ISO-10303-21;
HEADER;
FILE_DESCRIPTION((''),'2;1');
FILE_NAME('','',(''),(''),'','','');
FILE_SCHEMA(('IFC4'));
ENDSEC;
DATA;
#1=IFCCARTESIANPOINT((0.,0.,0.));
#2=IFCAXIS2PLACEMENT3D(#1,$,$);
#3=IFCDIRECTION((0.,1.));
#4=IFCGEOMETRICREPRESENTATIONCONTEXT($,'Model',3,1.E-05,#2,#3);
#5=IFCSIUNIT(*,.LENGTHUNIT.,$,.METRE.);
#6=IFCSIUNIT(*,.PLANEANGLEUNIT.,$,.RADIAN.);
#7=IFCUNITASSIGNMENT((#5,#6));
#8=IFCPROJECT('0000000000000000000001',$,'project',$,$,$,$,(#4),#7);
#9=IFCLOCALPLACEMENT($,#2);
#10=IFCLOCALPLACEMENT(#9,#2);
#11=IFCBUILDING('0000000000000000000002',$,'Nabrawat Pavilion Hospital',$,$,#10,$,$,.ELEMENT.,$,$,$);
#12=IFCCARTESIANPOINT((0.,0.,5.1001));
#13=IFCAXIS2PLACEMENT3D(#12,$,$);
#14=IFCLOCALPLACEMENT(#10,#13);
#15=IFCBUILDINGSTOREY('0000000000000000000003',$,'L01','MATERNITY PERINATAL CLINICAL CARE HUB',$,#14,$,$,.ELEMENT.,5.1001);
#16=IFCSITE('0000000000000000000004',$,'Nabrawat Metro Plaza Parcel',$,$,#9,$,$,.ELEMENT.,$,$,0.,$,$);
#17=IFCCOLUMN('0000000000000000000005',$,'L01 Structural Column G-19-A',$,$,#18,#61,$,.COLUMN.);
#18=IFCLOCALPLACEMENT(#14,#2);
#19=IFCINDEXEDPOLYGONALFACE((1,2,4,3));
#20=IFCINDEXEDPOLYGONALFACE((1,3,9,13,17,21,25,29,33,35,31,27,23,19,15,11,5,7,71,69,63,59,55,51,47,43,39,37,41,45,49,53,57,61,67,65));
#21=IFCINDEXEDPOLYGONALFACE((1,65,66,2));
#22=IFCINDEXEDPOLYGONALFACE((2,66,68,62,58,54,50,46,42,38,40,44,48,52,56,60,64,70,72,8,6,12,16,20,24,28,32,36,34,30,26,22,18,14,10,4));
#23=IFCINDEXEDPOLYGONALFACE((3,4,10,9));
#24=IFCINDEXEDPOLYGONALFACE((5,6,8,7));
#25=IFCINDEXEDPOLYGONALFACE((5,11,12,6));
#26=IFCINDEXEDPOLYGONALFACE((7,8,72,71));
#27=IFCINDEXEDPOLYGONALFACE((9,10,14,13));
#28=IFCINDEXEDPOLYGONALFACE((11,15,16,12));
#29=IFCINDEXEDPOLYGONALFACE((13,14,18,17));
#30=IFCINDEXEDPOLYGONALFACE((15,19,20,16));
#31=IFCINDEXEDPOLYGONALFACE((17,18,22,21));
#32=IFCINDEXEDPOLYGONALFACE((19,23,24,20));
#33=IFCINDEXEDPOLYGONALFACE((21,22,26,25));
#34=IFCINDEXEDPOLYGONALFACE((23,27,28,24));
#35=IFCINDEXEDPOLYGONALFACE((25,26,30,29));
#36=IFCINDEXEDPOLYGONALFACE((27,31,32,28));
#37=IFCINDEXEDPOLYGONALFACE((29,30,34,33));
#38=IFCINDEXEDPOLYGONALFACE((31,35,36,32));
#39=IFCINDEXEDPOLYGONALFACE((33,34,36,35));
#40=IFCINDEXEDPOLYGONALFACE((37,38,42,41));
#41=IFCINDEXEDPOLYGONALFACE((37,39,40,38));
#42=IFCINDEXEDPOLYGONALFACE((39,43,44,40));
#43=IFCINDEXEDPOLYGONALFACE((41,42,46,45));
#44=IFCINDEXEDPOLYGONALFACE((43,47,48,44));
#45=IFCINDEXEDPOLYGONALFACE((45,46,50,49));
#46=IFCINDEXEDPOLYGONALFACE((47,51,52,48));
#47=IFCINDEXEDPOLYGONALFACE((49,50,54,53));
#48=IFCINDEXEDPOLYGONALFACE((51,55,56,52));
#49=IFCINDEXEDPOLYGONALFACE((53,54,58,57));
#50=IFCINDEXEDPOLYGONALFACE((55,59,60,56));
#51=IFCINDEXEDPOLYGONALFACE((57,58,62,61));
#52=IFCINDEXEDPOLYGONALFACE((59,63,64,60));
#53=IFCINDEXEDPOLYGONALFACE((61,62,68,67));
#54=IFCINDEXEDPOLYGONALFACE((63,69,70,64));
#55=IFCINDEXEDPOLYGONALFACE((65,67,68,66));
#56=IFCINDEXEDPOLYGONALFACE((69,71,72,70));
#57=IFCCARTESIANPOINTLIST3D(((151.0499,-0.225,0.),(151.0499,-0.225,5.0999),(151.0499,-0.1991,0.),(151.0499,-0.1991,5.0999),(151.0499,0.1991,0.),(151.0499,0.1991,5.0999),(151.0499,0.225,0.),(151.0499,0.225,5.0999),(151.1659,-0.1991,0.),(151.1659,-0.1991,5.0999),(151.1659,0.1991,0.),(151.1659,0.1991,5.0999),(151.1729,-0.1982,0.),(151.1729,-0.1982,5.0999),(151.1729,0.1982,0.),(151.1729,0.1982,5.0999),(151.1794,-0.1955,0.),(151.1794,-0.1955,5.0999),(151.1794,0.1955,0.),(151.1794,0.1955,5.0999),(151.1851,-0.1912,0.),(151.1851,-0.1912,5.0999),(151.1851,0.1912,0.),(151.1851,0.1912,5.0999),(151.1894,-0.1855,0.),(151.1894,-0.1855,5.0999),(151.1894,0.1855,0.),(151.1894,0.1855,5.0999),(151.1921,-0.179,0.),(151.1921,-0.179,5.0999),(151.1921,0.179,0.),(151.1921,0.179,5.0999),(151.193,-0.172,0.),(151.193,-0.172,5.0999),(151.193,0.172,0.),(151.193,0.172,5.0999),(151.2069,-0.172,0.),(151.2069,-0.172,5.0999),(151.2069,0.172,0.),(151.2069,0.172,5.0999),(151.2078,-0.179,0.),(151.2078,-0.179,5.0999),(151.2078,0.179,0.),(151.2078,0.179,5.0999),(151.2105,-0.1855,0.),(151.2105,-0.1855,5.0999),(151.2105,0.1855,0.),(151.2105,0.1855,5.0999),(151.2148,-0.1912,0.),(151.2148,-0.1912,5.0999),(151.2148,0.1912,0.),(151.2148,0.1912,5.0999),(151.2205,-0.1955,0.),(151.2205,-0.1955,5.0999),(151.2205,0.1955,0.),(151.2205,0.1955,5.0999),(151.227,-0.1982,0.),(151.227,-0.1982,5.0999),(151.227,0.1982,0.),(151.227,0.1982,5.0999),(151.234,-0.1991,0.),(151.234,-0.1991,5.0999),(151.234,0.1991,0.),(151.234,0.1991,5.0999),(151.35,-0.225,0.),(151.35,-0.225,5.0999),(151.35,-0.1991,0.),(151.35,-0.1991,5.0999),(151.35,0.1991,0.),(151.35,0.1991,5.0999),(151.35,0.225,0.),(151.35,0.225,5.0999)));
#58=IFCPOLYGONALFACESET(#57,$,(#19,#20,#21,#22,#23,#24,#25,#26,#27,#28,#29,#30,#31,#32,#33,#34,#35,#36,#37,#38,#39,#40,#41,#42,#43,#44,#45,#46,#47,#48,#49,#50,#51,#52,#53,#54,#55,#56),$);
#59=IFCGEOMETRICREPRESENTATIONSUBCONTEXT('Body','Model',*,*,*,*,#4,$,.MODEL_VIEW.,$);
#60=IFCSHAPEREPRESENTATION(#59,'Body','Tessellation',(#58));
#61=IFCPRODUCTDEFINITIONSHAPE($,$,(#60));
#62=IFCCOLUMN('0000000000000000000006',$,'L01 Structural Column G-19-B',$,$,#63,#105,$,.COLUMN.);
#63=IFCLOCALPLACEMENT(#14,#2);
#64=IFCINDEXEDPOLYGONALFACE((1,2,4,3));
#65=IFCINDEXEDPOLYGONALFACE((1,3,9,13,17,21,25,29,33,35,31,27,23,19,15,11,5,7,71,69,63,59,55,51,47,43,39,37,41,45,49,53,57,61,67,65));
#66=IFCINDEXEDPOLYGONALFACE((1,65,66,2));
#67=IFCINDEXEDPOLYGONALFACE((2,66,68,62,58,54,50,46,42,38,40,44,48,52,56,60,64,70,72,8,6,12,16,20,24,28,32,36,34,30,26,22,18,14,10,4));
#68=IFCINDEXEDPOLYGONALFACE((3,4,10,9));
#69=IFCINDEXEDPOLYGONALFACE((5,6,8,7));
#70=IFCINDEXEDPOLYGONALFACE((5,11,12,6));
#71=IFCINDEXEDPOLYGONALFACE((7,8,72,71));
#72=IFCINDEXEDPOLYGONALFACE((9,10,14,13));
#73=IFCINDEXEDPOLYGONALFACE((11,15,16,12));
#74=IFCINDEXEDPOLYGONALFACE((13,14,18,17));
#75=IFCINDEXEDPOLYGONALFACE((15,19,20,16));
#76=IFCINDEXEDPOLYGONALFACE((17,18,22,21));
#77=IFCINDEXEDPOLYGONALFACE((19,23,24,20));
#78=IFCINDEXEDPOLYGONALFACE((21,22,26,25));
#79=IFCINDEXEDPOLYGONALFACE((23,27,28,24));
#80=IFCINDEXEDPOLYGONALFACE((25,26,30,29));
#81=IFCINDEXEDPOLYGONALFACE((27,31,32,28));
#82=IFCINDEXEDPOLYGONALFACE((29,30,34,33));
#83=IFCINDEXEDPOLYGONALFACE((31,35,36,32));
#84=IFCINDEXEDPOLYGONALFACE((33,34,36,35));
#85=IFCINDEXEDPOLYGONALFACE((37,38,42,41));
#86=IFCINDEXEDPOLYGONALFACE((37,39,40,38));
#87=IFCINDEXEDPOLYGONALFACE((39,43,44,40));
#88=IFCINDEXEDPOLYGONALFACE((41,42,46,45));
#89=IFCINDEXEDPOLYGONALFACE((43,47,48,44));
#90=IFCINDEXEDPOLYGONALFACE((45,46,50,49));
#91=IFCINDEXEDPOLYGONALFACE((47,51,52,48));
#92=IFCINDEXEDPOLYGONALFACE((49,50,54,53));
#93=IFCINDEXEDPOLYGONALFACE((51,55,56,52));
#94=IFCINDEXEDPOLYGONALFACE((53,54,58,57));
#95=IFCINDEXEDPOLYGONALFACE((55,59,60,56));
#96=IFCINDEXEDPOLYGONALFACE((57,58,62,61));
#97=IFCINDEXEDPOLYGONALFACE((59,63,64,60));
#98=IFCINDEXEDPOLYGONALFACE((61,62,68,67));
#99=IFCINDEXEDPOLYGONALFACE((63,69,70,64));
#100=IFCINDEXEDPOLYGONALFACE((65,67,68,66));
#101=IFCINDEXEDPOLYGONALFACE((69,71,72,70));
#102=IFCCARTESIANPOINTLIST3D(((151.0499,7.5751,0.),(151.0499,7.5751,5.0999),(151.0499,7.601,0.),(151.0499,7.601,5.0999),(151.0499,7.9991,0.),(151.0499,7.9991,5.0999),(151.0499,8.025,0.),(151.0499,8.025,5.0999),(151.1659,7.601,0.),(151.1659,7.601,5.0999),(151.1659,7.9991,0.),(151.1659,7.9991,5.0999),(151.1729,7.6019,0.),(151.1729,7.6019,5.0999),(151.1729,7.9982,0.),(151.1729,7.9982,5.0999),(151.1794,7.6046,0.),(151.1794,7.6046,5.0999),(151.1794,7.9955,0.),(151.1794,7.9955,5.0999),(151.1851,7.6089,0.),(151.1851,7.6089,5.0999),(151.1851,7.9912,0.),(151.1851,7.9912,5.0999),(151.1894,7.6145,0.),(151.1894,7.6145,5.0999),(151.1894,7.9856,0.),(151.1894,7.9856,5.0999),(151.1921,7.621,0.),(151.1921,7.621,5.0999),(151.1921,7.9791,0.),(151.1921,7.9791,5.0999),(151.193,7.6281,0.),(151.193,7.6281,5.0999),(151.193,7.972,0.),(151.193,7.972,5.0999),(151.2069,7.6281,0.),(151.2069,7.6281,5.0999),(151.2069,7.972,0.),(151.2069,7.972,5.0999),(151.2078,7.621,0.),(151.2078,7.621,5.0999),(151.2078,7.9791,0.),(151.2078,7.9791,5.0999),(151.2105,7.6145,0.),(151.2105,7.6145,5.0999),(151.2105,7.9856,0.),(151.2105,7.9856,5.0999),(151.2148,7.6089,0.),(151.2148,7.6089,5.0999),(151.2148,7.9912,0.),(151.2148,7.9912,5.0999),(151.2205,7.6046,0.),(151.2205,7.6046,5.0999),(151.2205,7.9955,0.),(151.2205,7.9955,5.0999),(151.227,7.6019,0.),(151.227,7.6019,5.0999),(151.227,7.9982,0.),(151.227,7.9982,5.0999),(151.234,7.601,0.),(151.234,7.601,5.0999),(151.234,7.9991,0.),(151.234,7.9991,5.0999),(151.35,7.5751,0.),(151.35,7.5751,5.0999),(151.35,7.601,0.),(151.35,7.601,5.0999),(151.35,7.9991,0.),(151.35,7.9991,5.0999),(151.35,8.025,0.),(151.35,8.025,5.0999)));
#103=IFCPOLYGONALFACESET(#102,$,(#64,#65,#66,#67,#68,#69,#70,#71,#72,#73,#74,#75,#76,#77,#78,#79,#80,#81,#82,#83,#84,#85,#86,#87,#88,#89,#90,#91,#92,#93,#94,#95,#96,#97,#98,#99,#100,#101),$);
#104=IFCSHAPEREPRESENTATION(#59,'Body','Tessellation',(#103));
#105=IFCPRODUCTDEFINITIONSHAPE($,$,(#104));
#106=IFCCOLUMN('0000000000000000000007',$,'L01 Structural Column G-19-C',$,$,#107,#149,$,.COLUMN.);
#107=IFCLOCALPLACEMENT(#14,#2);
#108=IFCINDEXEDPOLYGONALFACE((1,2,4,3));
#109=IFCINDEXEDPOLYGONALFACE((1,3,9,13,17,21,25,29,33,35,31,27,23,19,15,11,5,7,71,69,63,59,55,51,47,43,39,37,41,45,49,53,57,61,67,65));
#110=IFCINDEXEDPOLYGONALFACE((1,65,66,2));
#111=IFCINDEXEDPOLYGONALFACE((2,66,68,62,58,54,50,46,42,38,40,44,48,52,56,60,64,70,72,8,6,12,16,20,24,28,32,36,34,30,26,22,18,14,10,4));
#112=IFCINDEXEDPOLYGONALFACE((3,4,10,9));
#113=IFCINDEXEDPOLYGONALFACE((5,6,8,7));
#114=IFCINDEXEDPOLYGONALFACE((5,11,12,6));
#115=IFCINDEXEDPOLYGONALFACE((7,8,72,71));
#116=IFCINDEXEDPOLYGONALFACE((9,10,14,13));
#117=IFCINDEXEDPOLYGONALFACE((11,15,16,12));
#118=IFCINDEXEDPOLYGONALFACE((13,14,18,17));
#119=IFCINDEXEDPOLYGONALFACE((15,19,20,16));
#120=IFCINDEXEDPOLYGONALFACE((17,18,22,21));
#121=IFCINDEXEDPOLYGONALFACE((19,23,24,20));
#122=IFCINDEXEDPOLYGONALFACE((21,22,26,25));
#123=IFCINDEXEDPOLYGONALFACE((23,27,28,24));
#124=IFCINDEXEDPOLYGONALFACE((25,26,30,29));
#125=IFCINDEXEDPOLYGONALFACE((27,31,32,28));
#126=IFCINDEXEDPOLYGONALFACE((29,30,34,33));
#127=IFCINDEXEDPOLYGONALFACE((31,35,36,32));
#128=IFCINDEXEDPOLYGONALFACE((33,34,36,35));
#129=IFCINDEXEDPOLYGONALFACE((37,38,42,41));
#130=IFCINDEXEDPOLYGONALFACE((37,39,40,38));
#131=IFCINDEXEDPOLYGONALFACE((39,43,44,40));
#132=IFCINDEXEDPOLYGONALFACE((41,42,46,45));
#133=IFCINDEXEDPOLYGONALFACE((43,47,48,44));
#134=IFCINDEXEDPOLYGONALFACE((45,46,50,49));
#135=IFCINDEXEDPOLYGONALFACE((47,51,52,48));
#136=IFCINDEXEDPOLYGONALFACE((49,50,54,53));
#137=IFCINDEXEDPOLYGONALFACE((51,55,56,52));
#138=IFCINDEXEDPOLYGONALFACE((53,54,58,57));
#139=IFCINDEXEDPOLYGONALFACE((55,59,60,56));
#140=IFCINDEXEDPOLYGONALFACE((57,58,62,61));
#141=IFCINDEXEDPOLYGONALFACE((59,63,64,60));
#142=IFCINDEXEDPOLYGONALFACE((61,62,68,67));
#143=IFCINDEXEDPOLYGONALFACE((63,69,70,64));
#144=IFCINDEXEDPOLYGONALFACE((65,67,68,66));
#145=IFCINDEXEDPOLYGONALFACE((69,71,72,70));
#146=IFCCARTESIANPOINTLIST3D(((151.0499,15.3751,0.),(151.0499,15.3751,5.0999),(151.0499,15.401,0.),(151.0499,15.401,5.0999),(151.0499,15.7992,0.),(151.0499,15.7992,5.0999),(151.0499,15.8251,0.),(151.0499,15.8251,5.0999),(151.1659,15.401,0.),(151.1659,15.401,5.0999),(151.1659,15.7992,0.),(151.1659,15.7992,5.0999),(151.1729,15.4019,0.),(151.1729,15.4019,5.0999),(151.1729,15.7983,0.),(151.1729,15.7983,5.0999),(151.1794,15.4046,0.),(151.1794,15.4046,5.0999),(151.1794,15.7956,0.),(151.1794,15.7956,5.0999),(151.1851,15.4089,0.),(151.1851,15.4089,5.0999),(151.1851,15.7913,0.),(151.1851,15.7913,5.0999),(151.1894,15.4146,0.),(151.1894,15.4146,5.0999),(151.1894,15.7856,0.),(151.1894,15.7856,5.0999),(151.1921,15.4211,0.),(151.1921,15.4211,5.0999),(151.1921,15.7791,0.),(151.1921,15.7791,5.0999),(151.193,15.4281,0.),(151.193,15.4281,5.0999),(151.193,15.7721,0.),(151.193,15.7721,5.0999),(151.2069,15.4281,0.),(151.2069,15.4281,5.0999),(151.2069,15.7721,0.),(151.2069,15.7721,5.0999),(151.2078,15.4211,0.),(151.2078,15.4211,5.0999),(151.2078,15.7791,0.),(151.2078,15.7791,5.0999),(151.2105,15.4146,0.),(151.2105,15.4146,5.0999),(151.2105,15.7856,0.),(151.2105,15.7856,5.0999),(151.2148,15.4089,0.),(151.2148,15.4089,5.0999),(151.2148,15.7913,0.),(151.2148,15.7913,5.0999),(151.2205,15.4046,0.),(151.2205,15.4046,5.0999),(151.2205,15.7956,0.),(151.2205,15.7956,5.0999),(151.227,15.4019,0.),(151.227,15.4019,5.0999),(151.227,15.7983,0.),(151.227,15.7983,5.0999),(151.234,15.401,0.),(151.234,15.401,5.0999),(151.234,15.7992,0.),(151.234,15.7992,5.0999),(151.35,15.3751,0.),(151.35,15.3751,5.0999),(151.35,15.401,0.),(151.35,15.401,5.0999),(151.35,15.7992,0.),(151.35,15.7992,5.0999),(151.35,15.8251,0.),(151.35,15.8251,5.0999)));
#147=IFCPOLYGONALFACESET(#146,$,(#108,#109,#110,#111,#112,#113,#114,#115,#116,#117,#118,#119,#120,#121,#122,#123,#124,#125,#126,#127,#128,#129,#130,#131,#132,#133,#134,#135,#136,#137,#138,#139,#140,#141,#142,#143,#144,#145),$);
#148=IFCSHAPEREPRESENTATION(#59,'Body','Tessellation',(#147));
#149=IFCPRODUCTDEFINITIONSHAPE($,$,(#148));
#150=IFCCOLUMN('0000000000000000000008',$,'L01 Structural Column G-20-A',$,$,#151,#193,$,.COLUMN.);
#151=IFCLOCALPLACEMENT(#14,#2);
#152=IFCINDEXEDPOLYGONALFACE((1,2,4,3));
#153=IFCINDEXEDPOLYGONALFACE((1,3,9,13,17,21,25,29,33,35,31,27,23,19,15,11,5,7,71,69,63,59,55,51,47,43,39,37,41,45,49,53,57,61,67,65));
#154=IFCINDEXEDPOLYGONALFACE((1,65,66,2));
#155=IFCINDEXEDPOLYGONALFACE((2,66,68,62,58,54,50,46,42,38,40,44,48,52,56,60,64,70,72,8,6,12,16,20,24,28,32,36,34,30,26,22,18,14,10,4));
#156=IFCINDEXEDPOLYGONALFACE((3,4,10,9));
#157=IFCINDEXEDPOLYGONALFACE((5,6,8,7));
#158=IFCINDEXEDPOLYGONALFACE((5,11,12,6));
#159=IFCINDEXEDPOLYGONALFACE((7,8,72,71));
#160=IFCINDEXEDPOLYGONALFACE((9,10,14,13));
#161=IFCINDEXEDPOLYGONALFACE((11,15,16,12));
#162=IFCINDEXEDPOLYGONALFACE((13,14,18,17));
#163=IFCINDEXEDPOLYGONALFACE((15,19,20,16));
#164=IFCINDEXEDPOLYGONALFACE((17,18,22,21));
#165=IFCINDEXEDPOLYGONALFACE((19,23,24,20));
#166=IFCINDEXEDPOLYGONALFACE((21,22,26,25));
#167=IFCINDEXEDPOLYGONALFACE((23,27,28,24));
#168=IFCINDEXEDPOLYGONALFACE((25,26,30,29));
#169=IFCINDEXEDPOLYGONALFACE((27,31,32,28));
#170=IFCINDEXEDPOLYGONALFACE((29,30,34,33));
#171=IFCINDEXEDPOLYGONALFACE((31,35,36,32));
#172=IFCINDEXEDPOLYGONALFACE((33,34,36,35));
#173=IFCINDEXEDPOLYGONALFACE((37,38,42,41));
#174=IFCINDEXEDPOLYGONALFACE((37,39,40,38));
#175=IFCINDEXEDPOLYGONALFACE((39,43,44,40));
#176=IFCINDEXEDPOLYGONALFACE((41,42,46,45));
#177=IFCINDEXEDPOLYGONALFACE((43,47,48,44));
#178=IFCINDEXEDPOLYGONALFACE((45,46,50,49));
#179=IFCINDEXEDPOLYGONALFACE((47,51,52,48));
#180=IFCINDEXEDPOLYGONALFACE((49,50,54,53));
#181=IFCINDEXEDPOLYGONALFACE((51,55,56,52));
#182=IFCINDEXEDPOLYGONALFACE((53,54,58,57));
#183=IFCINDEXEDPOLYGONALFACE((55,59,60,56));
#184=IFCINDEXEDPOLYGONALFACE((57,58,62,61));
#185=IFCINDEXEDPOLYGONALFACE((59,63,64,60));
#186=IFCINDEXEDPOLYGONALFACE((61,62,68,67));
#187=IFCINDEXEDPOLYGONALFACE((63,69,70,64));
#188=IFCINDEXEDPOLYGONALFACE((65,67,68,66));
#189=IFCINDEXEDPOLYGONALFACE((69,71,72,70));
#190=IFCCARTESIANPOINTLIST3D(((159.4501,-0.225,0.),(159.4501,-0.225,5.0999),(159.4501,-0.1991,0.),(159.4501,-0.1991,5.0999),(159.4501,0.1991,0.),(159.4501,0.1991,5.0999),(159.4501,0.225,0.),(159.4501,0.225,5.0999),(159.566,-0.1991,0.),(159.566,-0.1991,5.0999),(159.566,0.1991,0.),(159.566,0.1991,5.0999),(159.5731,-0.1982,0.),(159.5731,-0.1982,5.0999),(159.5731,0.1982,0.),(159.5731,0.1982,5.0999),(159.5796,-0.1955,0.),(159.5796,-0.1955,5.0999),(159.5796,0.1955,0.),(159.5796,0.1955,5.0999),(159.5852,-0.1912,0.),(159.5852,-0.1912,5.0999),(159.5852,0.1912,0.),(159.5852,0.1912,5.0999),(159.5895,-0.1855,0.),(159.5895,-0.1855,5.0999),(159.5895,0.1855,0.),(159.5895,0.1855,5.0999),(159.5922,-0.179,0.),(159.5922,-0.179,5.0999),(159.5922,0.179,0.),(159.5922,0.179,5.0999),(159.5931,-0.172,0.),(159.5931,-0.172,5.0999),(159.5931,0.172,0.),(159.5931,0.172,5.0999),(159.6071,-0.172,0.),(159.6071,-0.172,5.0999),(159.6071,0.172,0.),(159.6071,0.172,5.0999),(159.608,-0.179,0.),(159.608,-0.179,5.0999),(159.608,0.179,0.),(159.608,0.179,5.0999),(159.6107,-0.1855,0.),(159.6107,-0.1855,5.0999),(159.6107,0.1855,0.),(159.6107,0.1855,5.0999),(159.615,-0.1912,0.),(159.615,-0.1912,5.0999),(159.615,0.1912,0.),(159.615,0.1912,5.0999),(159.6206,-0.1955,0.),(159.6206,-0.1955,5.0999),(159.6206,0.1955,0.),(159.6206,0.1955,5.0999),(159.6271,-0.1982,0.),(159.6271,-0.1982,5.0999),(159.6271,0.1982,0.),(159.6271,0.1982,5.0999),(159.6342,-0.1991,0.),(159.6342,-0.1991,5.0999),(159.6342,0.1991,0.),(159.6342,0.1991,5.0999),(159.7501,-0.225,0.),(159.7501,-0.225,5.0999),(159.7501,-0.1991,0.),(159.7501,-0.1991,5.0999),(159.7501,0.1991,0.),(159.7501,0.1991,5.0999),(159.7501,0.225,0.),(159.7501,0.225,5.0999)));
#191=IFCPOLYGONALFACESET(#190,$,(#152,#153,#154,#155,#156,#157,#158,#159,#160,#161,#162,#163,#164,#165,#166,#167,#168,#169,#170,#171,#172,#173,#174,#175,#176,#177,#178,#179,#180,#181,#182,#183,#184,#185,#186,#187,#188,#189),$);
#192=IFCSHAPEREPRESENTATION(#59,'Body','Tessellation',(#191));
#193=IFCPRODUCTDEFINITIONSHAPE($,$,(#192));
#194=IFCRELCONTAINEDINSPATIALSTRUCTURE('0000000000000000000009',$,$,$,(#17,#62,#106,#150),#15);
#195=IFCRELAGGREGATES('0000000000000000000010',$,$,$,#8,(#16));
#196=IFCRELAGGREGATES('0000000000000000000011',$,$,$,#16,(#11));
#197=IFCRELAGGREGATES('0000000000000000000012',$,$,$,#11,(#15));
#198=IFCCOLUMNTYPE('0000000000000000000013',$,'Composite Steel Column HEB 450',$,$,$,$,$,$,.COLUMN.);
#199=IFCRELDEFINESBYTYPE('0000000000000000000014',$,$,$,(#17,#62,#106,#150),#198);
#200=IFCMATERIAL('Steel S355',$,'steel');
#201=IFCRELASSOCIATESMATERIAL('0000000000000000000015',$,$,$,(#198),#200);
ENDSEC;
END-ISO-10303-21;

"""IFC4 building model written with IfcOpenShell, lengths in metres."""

from ifc_helpers import new_model, si_unit, direction, frame, origin, origin_2d, place, context, subcontext, project, spatial, i_section, extrude, material, material_profile, profile_set, type_object, element, save


model = new_model("IFC4")

# Units and contexts
model_context = context("Model", 3, precision=1e-05, world=origin(), true_north=direction((0.0, 1.0)))
body_context = subcontext(model_context, "Body", "Model", "MODEL_VIEW")
ifc_project = project(units=[si_unit("LENGTHUNIT", "METRE"), si_unit("PLANEANGLEUNIT", "RADIAN")], contexts=[model_context])

# Site, building, storey
site_placement = place(None, origin())
site = spatial("IfcSite", under=ifc_project, at=site_placement, Name="Nabrawat Metro Plaza Parcel", CompositionType="ELEMENT", RefElevation=0.0)
building_placement = place(site_placement, origin())
building = spatial("IfcBuilding", under=site, at=building_placement, Name="Nabrawat Pavilion Hospital", CompositionType="ELEMENT")
storey_placement = place(building_placement, frame((0.0, 0.0, 5.1001)))
storey = spatial("IfcBuildingStorey", under=building, at=storey_placement, Name="L01", Description="MATERNITY PERINATAL CLINICAL CARE HUB", CompositionType="ELEMENT", Elevation=5.1001)

# Columns
ifc_material_1 = material(Name="Steel S355", Category="steel")
ifc_material_profile_1 = material_profile(ifc_material_1, i_section(OverallWidth=0.3, OverallDepth=0.45, WebThickness=0.0139, FlangeThickness=0.0259, FilletRadius=0.0271, at=origin_2d()), Name="HEB 450")
ifc_profile_set_1 = profile_set([ifc_material_profile_1], Name="Steel S355")
column_type = type_object("IfcColumnType", Name="Composite Steel Column HEB 450", PredefinedType="COLUMN", material=ifc_profile_set_1)
for number, where, z_axis, x_axis, name in (
    (1, (151.2, 0.0, 0.0), (0.0, 0.0, 1.0), (1.0, 0.0, 0.0), "L01 Structural Column G-19-A"),
    (2, (151.2, 7.8, 0.0), (0.0, 0.0, 1.0), (1.0, 0.0, 0.0), "L01 Structural Column G-19-B"),
    (3, (151.2, 15.6001, 0.0), (0.0, 0.0, 1.0), (1.0, 0.0, 0.0), "L01 Structural Column G-19-C"),
    (4, (159.6001, 0.0, 0.0), (0.0, 0.0, 1.0), (1.0, 0.0, 0.0), "L01 Structural Column G-20-A"),
):
    element("IfcColumn", number, at=place(storey_placement, frame(where, z_axis=z_axis, x_axis=x_axis)), inside=storey, type_object=column_type, Name=name, PredefinedType="COLUMN", context=body_context, shape_type="SweptSolid", body=[
        extrude(i_section(OverallWidth=0.3, OverallDepth=0.45, WebThickness=0.0139, FlangeThickness=0.0259, FilletRadius=0.0271, at=origin_2d()), origin(), (0.0, 0.0, 1.0), 5.0999),
    ])

save(model, "model.ifc")
